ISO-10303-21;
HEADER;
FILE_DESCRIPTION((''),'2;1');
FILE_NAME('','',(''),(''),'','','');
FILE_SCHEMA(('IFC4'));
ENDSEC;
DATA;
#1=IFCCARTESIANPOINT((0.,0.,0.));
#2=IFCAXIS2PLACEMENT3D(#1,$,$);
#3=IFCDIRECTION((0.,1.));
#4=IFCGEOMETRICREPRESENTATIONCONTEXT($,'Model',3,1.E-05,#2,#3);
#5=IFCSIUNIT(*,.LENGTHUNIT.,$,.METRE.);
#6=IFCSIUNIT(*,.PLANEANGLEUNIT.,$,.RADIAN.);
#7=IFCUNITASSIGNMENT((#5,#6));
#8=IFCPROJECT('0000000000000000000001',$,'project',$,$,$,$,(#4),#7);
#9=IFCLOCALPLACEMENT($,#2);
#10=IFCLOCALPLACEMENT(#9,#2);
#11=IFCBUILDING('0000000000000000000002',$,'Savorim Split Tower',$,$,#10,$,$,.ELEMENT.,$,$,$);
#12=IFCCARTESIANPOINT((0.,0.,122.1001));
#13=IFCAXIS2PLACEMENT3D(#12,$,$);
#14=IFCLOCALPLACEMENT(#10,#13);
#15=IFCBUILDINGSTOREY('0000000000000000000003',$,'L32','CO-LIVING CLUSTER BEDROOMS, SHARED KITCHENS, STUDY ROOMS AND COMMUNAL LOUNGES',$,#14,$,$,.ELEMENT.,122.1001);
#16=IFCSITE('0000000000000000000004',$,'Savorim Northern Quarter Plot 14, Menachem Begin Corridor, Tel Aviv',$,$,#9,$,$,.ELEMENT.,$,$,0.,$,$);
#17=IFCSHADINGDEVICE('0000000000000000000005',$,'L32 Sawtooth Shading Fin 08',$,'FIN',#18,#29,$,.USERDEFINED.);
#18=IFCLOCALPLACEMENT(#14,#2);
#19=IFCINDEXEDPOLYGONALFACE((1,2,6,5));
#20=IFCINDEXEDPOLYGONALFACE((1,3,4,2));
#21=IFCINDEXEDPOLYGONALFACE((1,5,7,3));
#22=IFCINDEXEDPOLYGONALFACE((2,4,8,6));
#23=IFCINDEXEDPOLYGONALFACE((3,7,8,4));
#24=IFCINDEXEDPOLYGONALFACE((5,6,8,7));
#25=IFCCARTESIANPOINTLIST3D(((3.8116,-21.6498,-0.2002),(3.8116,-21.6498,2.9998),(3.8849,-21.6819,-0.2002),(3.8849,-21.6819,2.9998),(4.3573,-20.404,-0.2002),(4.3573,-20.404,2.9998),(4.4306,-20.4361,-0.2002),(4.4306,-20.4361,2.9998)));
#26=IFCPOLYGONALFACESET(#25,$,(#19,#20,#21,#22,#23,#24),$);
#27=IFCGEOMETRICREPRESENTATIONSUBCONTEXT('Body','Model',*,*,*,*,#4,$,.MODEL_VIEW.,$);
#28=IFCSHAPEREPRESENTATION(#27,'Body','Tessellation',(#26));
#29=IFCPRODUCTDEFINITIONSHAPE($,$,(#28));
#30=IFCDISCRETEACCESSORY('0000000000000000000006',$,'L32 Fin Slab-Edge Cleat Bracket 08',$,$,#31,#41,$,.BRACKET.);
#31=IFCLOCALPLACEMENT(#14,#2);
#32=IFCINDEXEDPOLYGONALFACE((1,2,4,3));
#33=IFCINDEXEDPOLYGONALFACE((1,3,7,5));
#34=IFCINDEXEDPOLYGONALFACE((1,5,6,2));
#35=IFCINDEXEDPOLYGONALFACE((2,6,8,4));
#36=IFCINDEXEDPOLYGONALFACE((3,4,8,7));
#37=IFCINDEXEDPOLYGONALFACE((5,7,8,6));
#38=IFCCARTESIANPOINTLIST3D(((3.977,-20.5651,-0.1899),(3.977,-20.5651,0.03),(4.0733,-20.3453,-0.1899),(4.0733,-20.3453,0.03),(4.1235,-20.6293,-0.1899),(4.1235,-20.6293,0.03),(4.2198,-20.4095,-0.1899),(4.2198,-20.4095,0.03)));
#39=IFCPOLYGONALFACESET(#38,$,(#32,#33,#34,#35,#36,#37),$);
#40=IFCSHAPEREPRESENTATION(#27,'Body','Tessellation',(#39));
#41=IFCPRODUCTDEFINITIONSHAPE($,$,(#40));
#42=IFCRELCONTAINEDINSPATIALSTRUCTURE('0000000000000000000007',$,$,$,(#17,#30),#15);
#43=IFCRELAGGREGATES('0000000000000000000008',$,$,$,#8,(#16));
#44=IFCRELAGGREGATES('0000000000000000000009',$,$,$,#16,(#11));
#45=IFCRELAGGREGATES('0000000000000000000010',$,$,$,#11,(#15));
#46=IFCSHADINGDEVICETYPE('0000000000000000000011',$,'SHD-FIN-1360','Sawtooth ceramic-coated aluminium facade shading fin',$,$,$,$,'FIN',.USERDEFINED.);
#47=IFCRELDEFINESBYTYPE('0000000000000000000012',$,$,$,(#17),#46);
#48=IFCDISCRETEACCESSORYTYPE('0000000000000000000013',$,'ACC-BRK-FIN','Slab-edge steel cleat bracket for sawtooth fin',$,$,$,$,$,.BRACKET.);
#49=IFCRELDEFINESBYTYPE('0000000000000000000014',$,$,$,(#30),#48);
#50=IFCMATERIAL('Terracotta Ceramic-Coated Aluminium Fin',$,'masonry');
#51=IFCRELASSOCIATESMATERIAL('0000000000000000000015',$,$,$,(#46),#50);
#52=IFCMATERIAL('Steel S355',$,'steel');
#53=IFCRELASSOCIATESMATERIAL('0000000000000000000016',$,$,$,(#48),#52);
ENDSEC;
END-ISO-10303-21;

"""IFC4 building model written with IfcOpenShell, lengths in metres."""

from ifc_helpers import new_model, si_unit, direction, frame, origin, origin_2d, place, context, subcontext, project, spatial, rectangle, extrude, material, type_object, element, save


model = new_model("IFC4")

# Units and contexts
model_context = context("Model", 3, precision=1e-05, world=origin(), true_north=direction((0.0, 1.0)))
body_context = subcontext(model_context, "Body", "Model", "MODEL_VIEW")
ifc_project = project(units=[si_unit("LENGTHUNIT", "METRE"), si_unit("PLANEANGLEUNIT", "RADIAN")], contexts=[model_context])

# Site, building, storey
site_placement = place(None, origin())
site = spatial("IfcSite", under=ifc_project, at=site_placement, Name="Savorim Northern Quarter Plot 14, Menachem Begin Corridor, Tel Aviv", CompositionType="ELEMENT", RefElevation=0.0)
building_placement = place(site_placement, origin())
building = spatial("IfcBuilding", under=site, at=building_placement, Name="Savorim Split Tower", CompositionType="ELEMENT")
storey_placement = place(building_placement, frame((0.0, 0.0, 122.1001)))
storey = spatial("IfcBuildingStorey", under=building, at=storey_placement, Name="L32", Description="CO-LIVING CLUSTER BEDROOMS, SHARED KITCHENS, STUDY ROOMS AND COMMUNAL LOUNGES", CompositionType="ELEMENT", Elevation=122.1001)

# Shared definitions
ifc_material_1 = material(Name="Steel S355", Category="steel")

# Shading device
ifc_material_2 = material(Name="Terracotta Ceramic-Coated Aluminium Fin", Category="masonry")
shading_device_type = type_object("IfcShadingDeviceType", Name="SHD-FIN-1360", Description="Sawtooth ceramic-coated aluminium facade shading fin", ElementType="FIN", PredefinedType="USERDEFINED", material=ifc_material_2)
shading_device_placement = place(storey_placement, frame((4.1211, -21.043, -0.2002), z_axis=(0.0, 0.0, 1.0), x_axis=(-0.40123, -0.915977, 0.0)))
element("IfcShadingDevice", 1, at=shading_device_placement, inside=storey, type_object=shading_device_type, Name="L32 Sawtooth Shading Fin 08", ObjectType="FIN", PredefinedType="USERDEFINED", context=body_context, shape_type="SweptSolid", body=[
    extrude(rectangle(XDim=1.3601, YDim=0.0801, at=origin_2d()), origin(), (0.0, 0.0, 1.0), 3.2),
])

# Discrete accessory
discrete_accessory_type = type_object("IfcDiscreteAccessoryType", Name="ACC-BRK-FIN", Description="Slab-edge steel cleat bracket for sawtooth fin", PredefinedType="BRACKET", material=ifc_material_1)
discrete_accessory_placement = place(storey_placement, frame((4.0984, -20.4873, -0.1899), z_axis=(0.0, 0.0, 1.0), x_axis=(-0.40123, -0.915977, 0.0)))
element("IfcDiscreteAccessory", 2, at=discrete_accessory_placement, inside=storey, type_object=discrete_accessory_type, Name="L32 Fin Slab-Edge Cleat Bracket 08", PredefinedType="BRACKET", context=body_context, shape_type="SweptSolid", body=[
    extrude(rectangle(XDim=0.24, YDim=0.1599, at=origin_2d()), origin(), (0.0, 0.0, 1.0), 0.22),
])

save(model, "model.ifc")
